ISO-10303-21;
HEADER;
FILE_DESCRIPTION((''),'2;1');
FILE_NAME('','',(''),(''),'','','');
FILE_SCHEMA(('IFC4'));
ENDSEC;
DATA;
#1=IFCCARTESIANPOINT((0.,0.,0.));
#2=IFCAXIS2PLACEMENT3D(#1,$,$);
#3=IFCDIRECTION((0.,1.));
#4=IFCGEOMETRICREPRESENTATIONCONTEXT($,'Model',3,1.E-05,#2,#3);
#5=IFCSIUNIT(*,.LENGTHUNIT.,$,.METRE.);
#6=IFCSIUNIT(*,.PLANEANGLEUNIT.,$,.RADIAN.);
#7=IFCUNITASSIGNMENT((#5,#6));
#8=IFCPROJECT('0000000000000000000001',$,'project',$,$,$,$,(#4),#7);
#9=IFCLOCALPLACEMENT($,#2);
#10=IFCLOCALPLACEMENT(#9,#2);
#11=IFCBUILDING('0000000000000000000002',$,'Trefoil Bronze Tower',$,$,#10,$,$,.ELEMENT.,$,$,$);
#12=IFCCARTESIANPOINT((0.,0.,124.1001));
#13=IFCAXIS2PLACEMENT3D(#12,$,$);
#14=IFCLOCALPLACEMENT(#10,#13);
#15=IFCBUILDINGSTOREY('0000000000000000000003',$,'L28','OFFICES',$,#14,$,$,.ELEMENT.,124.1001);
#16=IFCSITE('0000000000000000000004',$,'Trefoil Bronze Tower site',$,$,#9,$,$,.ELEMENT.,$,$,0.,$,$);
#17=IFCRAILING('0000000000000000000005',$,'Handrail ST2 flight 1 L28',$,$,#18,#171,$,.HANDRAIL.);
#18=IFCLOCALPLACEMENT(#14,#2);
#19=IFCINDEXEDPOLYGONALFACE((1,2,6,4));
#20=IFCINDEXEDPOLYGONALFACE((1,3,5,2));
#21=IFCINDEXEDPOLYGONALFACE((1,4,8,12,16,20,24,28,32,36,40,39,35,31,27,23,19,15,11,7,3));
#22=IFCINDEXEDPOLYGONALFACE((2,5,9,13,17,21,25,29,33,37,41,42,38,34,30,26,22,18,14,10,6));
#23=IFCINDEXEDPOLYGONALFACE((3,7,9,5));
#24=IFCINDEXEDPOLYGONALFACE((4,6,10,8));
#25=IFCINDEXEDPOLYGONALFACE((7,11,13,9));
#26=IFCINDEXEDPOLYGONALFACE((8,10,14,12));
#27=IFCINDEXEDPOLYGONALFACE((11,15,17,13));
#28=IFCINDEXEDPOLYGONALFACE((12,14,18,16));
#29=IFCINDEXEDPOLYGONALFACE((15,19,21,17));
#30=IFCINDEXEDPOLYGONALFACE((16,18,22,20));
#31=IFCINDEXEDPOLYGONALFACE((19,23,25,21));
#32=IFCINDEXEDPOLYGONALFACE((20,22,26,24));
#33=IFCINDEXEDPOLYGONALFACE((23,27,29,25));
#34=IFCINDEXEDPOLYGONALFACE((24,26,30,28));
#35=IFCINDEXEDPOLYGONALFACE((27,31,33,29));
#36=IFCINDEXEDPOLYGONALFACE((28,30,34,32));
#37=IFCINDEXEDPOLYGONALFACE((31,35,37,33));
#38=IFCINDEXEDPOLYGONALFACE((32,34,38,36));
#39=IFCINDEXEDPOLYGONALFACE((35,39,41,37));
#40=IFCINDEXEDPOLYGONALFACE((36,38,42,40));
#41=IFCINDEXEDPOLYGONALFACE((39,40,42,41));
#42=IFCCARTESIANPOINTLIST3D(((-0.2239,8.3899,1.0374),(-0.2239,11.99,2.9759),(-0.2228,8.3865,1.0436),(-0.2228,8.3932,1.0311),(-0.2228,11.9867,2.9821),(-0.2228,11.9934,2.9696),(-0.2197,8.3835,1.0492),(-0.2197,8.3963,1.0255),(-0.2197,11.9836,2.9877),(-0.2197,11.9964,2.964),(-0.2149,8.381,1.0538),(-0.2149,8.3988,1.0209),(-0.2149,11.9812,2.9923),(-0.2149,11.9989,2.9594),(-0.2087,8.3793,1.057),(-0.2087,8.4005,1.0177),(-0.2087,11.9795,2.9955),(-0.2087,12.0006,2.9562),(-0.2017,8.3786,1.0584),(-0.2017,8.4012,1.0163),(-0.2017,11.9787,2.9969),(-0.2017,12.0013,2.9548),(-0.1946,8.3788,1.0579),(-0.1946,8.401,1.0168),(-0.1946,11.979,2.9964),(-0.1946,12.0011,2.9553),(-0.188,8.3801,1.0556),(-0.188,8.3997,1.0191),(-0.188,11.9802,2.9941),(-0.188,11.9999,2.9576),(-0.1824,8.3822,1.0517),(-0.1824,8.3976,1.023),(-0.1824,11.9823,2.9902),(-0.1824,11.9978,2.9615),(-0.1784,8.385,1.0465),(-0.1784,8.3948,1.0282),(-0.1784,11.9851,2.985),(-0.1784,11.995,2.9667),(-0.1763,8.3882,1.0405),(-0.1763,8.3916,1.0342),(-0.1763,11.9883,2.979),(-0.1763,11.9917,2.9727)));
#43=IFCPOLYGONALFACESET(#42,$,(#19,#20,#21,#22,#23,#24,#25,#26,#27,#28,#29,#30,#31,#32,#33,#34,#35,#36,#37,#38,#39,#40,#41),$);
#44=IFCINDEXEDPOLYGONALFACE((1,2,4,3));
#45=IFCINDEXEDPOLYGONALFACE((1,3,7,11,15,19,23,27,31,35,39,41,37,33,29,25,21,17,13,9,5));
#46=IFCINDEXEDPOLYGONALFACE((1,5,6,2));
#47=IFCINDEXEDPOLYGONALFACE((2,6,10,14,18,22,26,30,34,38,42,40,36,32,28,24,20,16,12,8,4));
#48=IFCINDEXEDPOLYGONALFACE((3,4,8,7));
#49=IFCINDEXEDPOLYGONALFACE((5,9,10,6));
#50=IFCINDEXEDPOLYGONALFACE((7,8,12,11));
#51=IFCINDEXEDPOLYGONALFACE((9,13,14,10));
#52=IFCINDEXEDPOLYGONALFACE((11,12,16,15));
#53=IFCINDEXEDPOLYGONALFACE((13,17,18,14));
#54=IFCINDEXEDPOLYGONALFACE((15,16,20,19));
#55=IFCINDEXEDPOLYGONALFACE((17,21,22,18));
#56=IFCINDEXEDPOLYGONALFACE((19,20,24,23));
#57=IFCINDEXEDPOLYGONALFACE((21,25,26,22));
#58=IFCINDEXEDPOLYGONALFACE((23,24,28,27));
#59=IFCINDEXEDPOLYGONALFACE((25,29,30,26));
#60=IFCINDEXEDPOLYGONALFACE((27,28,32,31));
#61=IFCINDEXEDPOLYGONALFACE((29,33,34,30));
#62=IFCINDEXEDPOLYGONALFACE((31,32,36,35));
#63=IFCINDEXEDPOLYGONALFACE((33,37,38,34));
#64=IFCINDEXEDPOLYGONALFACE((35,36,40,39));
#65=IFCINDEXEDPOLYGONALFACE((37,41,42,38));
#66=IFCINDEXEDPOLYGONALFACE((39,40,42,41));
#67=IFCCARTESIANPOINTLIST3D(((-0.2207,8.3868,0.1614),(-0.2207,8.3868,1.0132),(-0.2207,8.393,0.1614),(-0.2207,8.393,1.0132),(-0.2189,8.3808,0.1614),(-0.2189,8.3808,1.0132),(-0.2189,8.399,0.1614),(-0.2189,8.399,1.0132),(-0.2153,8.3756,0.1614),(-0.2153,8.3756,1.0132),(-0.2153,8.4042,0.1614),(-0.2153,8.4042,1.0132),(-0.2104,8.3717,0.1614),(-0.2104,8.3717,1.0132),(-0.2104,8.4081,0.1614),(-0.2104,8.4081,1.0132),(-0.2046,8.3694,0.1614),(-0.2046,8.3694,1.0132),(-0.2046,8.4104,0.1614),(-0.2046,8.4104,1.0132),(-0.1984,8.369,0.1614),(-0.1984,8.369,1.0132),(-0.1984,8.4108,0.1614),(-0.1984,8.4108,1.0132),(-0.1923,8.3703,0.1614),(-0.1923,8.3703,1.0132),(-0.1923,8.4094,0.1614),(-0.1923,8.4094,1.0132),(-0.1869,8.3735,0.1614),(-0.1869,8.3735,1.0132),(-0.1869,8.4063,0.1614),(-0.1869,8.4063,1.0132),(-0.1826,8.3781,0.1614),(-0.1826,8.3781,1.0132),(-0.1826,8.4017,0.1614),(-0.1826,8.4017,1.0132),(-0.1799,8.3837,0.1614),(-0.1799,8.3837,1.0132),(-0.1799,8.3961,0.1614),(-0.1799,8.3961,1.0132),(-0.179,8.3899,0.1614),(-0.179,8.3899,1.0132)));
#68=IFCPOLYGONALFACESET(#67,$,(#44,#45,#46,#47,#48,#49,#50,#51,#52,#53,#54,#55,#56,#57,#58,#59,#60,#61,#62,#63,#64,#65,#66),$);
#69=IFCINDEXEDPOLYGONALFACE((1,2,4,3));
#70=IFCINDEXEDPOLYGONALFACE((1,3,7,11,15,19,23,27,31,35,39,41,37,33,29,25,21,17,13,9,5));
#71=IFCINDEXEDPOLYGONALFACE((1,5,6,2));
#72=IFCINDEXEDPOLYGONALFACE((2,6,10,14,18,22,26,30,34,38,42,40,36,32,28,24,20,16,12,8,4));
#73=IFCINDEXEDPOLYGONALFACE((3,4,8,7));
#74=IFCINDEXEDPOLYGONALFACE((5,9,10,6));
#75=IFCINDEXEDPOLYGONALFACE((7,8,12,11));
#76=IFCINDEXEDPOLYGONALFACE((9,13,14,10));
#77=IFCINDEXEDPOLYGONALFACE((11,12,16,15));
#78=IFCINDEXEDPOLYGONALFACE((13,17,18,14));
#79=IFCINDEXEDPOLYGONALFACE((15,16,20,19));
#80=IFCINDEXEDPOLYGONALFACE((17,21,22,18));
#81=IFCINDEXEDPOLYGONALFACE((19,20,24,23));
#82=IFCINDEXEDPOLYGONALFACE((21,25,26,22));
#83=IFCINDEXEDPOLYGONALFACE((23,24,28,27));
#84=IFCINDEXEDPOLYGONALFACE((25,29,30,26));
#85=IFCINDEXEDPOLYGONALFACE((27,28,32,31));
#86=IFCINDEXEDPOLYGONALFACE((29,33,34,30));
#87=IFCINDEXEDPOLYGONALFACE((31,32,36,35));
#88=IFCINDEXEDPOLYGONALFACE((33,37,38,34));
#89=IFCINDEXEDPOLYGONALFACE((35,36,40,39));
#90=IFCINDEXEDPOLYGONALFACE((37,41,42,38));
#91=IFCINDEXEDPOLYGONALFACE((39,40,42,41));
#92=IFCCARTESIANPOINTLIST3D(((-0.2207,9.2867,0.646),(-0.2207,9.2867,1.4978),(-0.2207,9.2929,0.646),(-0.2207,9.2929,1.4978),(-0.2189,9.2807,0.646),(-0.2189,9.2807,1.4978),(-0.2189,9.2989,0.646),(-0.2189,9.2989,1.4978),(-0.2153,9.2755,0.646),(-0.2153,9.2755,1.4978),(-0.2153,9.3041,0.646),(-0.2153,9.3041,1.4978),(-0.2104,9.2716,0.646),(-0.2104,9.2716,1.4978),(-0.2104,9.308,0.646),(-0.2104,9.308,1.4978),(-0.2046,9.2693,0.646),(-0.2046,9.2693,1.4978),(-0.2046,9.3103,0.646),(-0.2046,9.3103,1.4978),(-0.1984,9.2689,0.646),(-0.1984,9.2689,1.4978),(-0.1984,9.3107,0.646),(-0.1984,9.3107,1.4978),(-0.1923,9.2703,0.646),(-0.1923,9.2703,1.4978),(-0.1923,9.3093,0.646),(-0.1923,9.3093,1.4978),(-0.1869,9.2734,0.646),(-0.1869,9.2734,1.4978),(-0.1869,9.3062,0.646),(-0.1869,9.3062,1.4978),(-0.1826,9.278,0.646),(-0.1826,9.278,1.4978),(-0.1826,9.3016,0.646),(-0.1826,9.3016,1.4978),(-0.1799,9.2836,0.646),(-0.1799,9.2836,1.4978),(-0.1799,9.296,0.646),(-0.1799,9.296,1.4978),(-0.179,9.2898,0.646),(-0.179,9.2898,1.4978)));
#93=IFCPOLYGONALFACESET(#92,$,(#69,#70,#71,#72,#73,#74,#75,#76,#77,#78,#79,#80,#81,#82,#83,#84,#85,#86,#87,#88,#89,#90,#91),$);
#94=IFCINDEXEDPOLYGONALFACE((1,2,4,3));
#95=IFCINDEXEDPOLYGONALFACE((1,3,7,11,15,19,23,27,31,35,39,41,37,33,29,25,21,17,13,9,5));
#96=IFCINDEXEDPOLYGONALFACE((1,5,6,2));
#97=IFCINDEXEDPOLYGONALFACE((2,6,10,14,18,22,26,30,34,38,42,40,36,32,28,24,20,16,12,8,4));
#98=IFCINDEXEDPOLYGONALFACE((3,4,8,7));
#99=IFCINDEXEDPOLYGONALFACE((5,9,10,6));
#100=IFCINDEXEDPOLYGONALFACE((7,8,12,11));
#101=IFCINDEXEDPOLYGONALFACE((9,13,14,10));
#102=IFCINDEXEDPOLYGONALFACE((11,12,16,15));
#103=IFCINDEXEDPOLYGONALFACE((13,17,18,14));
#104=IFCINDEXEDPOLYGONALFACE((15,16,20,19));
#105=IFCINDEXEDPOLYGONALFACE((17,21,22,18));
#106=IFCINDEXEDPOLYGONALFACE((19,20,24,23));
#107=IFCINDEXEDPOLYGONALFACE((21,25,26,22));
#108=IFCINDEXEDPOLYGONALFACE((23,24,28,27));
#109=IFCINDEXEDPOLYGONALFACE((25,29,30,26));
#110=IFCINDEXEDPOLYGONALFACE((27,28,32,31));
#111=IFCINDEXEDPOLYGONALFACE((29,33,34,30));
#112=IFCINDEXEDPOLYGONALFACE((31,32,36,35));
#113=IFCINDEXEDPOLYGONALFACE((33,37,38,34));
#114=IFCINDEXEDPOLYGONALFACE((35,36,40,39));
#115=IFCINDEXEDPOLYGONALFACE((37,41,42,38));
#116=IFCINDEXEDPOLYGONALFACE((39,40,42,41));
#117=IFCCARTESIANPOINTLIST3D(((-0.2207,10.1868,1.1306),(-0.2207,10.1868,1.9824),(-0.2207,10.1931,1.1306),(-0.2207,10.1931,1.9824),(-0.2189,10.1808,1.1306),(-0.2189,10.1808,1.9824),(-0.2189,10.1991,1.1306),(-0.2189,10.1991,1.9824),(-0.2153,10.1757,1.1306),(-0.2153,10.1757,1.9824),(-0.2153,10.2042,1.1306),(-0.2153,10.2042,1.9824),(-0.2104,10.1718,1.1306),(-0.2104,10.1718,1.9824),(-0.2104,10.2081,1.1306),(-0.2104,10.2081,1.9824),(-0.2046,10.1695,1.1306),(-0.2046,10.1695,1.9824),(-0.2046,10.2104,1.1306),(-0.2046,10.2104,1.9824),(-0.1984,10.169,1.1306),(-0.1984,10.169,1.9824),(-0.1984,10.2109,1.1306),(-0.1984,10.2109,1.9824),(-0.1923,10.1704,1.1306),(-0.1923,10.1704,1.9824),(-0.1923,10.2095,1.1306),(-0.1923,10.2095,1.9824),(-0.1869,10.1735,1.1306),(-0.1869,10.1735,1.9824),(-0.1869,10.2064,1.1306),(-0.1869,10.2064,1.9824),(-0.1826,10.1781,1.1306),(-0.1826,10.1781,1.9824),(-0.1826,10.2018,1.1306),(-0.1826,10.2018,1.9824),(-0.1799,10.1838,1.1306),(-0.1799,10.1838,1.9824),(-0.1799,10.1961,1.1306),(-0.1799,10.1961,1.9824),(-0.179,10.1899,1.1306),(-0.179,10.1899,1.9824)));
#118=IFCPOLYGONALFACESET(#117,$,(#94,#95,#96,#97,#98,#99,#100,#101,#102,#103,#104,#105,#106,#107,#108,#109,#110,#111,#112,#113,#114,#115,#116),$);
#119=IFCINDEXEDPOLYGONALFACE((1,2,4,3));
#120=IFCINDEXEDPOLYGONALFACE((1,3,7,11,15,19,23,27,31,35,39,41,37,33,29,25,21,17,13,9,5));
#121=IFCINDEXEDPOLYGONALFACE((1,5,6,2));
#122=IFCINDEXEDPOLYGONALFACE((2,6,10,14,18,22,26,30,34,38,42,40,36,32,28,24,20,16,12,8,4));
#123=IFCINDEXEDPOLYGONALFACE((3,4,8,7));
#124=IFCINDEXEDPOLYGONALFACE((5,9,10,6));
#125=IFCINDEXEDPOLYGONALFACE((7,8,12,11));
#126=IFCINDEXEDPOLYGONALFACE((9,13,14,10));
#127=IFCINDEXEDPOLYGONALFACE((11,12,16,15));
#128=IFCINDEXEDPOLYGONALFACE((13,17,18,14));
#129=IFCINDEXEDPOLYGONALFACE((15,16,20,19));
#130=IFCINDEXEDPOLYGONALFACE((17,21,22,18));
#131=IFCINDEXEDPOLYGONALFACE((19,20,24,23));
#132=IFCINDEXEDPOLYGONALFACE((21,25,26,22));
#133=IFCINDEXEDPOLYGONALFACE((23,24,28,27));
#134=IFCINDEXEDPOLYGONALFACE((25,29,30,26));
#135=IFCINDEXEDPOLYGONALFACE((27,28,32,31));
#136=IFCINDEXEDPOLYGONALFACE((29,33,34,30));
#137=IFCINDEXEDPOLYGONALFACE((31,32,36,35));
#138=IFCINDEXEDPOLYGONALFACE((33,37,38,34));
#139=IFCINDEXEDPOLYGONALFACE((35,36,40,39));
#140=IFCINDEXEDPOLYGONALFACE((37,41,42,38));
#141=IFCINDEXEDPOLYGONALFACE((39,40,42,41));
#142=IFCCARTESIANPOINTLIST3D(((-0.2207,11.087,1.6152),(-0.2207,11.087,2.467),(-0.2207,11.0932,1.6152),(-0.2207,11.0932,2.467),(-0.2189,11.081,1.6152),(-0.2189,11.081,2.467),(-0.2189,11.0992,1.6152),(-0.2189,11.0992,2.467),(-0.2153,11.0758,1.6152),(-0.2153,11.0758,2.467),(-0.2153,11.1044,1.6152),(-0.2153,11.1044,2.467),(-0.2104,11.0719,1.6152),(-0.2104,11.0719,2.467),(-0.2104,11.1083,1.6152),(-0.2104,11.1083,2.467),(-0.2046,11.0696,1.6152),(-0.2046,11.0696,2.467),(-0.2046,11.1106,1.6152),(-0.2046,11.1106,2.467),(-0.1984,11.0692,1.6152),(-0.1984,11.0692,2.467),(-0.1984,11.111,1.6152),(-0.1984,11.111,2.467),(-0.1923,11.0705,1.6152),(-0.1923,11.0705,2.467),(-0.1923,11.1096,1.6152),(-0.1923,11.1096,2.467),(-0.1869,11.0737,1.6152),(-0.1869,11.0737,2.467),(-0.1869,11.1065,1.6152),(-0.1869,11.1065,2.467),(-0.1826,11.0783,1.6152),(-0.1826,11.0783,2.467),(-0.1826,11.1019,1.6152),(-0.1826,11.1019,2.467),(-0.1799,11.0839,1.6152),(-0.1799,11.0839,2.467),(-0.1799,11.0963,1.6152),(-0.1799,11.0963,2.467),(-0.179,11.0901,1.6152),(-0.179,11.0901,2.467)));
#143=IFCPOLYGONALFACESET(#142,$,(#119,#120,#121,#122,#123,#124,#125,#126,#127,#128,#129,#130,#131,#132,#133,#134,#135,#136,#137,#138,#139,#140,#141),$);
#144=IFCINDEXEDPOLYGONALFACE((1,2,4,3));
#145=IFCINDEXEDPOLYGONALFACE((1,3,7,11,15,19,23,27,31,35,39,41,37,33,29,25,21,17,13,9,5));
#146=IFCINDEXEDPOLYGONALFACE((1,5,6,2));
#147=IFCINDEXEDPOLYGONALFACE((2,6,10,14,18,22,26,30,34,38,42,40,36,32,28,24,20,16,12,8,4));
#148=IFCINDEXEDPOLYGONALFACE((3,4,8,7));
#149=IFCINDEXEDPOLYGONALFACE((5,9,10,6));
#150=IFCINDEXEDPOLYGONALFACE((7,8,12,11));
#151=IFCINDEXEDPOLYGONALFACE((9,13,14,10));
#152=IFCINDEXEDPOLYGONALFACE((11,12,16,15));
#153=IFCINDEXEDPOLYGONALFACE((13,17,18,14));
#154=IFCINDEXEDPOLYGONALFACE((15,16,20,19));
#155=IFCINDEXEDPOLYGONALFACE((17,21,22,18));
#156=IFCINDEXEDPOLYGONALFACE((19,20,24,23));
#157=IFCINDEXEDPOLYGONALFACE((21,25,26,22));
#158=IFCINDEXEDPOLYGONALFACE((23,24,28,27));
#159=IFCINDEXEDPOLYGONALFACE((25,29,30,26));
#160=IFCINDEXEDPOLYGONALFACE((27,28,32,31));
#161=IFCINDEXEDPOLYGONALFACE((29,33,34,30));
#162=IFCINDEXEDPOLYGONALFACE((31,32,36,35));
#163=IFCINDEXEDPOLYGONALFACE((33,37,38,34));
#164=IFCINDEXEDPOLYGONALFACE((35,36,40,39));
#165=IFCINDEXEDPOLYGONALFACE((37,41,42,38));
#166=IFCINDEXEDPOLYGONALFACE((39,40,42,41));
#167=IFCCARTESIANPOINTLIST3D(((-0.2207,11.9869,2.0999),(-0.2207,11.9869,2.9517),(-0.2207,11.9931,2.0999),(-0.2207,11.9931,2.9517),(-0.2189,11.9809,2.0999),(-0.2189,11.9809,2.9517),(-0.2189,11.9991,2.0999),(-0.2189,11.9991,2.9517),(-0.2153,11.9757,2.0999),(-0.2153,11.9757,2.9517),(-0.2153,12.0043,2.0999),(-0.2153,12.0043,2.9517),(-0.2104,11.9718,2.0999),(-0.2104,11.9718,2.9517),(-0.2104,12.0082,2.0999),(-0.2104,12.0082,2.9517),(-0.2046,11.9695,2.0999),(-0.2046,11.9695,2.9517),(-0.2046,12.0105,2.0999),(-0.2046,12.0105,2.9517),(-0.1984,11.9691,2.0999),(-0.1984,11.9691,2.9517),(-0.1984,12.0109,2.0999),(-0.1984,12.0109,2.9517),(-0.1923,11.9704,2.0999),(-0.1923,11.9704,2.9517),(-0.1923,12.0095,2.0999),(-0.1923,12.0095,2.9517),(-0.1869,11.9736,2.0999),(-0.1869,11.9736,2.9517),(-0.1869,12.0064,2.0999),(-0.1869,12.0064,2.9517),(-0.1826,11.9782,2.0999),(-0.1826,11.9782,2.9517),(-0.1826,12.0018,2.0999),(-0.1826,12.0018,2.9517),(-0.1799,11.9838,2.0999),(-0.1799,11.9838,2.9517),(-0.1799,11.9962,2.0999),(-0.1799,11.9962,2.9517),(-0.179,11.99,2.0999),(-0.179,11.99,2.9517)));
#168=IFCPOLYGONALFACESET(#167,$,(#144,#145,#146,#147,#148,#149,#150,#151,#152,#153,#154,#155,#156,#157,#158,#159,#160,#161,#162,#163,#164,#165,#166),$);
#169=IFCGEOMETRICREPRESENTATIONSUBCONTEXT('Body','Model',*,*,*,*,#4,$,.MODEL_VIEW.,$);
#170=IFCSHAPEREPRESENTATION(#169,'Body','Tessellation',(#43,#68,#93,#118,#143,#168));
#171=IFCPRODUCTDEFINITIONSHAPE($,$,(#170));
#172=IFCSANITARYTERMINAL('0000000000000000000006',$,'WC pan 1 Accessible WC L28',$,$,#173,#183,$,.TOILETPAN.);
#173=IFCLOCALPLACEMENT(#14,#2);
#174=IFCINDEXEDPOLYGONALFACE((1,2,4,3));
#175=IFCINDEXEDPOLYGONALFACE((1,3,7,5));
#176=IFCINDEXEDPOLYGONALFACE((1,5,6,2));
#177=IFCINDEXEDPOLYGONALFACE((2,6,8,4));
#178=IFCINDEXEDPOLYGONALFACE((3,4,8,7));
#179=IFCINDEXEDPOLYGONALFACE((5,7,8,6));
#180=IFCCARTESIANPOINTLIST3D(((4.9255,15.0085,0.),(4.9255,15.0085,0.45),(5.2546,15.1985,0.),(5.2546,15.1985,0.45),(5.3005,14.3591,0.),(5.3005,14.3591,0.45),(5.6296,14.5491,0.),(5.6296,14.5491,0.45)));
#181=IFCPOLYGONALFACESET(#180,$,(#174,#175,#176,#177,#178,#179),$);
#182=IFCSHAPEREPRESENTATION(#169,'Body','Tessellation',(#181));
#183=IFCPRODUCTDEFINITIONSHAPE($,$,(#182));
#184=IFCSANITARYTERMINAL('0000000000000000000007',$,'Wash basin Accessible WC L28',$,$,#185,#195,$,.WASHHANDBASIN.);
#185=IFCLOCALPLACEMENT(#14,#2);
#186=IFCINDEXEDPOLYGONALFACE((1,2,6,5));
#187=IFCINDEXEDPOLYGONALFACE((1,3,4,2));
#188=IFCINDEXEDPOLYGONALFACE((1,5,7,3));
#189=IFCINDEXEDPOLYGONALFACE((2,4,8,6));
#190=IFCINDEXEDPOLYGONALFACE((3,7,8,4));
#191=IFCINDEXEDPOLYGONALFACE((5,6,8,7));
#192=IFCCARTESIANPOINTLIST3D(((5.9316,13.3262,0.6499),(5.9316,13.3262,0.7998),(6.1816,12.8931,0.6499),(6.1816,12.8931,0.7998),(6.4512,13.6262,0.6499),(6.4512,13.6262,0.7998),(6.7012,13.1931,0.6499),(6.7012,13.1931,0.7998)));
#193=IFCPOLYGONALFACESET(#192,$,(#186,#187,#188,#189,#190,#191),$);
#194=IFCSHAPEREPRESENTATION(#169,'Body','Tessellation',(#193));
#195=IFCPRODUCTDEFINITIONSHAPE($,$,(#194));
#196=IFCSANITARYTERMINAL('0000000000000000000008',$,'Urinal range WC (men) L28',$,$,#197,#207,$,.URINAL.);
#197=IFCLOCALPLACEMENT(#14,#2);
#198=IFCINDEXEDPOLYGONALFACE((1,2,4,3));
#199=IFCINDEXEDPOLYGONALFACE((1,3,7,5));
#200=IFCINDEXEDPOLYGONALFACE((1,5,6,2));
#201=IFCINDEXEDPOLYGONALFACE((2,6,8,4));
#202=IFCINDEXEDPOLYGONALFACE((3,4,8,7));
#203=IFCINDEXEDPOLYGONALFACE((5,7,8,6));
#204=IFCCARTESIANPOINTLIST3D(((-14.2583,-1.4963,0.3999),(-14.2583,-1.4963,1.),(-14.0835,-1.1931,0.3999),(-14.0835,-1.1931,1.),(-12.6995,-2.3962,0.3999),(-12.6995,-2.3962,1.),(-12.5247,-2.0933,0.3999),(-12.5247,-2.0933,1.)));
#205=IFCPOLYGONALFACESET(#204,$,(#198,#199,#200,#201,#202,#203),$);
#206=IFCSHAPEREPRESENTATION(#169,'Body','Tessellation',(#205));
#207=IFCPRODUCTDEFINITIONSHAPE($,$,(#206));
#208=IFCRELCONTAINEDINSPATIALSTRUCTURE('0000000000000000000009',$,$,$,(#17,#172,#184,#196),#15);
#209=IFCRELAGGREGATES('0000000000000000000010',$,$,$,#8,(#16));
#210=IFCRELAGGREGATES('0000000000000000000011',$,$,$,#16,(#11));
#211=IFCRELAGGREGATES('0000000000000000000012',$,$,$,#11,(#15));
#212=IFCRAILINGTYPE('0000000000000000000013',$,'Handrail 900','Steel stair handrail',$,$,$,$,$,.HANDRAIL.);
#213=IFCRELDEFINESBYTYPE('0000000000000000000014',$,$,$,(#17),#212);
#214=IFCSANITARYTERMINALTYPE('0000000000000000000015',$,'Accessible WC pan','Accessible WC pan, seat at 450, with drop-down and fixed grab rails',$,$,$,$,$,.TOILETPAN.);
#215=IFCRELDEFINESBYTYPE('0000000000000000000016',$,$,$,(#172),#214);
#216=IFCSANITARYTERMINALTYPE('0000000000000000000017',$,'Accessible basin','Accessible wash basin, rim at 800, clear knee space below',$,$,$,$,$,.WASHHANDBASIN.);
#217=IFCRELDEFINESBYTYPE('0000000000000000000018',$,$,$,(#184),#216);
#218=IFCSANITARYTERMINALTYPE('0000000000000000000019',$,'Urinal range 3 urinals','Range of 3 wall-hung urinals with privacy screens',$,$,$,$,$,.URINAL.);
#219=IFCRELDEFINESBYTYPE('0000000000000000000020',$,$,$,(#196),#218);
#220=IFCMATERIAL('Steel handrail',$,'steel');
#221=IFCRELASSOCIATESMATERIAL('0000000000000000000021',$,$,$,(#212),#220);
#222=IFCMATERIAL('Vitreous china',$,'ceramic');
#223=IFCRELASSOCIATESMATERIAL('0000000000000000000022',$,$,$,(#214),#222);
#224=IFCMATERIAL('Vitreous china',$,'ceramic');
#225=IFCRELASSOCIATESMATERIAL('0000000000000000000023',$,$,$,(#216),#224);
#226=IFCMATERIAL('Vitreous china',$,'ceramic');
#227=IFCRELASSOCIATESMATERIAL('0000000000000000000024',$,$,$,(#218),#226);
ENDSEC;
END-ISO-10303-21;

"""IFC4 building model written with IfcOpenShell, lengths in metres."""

from ifc_helpers import new_model, si_unit, direction, frame, origin, origin_2d, place, context, subcontext, project, spatial, polyline, circle, outline, extrude, material, type_object, element, save


model = new_model("IFC4")

# Units and contexts
model_context = context("Model", 3, precision=1e-05, world=origin(), true_north=direction((0.0, 1.0)))
body_context = subcontext(model_context, "Body", "Model", "MODEL_VIEW")
ifc_project = project(units=[si_unit("LENGTHUNIT", "METRE"), si_unit("PLANEANGLEUNIT", "RADIAN")], contexts=[model_context])

# Site, building, storey
site_placement = place(None, origin())
site = spatial("IfcSite", under=ifc_project, at=site_placement, Name="Trefoil Bronze Tower site", CompositionType="ELEMENT", RefElevation=0.0)
building_placement = place(site_placement, origin())
building = spatial("IfcBuilding", under=site, at=building_placement, Name="Trefoil Bronze Tower", CompositionType="ELEMENT")
storey_placement = place(building_placement, frame((0.0, 0.0, 124.1001)))
storey = spatial("IfcBuildingStorey", under=building, at=storey_placement, Name="L28", Description="OFFICES", CompositionType="ELEMENT", Elevation=124.1001)

# Railing
ifc_material_1 = material(Name="Steel handrail", Category="steel")
railing_type = type_object("IfcRailingType", Name="Handrail 900", Description="Steel stair handrail", PredefinedType="HANDRAIL", material=ifc_material_1)
railing_placement = place(storey_placement, frame((-0.2, 8.3899, 0.1614)))
element("IfcRailing", 1, at=railing_placement, inside=storey, type_object=railing_type, Name="Handrail ST2 flight 1 L28", PredefinedType="HANDRAIL", context=body_context, shape_type="SweptSolid", body=[
    extrude(circle(Radius=0.0239, at=origin_2d()), frame((0.0, 0.0, 0.876), z_axis=(0.0, 0.880475, 0.474093), x_axis=(-1.0, 0.0, 0.0)), (0.0, 0.0, 1.0), 4.0889),
    extrude(circle(Radius=0.021, at=origin_2d()), origin(), (0.0, 0.0, 1.0), 0.8518),
    extrude(circle(Radius=0.021, at=origin_2d()), frame((0.0, 0.8999, 0.4846)), (0.0, 0.0, 1.0), 0.8518),
    extrude(circle(Radius=0.021, at=origin_2d()), frame((0.0, 1.8, 0.9692)), (0.0, 0.0, 1.0), 0.8518),
    extrude(circle(Radius=0.021, at=origin_2d()), frame((0.0, 2.7002, 1.4539)), (0.0, 0.0, 1.0), 0.8518),
    extrude(circle(Radius=0.021, at=origin_2d()), frame((0.0, 3.6001, 1.9385)), (0.0, 0.0, 1.0), 0.8518),
])

# Sanitary terminals
ifc_material_2 = material(Name="Vitreous china", Category="ceramic")
sanitary_terminal_type_1 = type_object("IfcSanitaryTerminalType", Name="Accessible WC pan", Description="Accessible WC pan, seat at 450, with drop-down and fixed grab rails", PredefinedType="TOILETPAN", material=ifc_material_2)
sanitary_terminal_1_placement = place(storey_placement, origin())
element("IfcSanitaryTerminal", 2, at=sanitary_terminal_1_placement, inside=storey, type_object=sanitary_terminal_type_1, Name="WC pan 1 Accessible WC L28", PredefinedType="TOILETPAN", context=body_context, shape_type="SweptSolid", body=[
    extrude(outline(polyline([(5.3005, 14.3591), (4.9255, 15.0085), (5.2546, 15.1985), (5.6296, 14.5491), (5.3005, 14.3591)])), origin(), (0.0, 0.0, 1.0), 0.45),
])
ifc_material_3 = material(Name="Vitreous china", Category="ceramic")
sanitary_terminal_type_2 = type_object("IfcSanitaryTerminalType", Name="Accessible basin", Description="Accessible wash basin, rim at 800, clear knee space below", PredefinedType="WASHHANDBASIN", material=ifc_material_3)
sanitary_terminal_2_placement = place(storey_placement, frame((0.0, 0.0, 0.6499)))
element("IfcSanitaryTerminal", 3, at=sanitary_terminal_2_placement, inside=storey, type_object=sanitary_terminal_type_2, Name="Wash basin Accessible WC L28", PredefinedType="WASHHANDBASIN", context=body_context, shape_type="SweptSolid", body=[
    extrude(outline(polyline([(6.1816, 12.8931), (5.9316, 13.3262), (6.4512, 13.6262), (6.7012, 13.1931), (6.1816, 12.8931)])), origin(), (0.0, 0.0, 1.0), 0.1499),
])
ifc_material_4 = material(Name="Vitreous china", Category="ceramic")
sanitary_terminal_type_3 = type_object("IfcSanitaryTerminalType", Name="Urinal range 3 urinals", Description="Range of 3 wall-hung urinals with privacy screens", PredefinedType="URINAL", material=ifc_material_4)
sanitary_terminal_3_placement = place(storey_placement, frame((0.0, 0.0, 0.3999)))
element("IfcSanitaryTerminal", 4, at=sanitary_terminal_3_placement, inside=storey, type_object=sanitary_terminal_type_3, Name="Urinal range WC (men) L28", PredefinedType="URINAL", context=body_context, shape_type="SweptSolid", body=[
    extrude(outline(polyline([(-12.5247, -2.0933), (-12.6995, -2.3962), (-14.2583, -1.4963), (-14.0835, -1.1931), (-12.5247, -2.0933)])), origin(), (0.0, 0.0, 1.0), 0.6001),
])

save(model, "model.ifc")
